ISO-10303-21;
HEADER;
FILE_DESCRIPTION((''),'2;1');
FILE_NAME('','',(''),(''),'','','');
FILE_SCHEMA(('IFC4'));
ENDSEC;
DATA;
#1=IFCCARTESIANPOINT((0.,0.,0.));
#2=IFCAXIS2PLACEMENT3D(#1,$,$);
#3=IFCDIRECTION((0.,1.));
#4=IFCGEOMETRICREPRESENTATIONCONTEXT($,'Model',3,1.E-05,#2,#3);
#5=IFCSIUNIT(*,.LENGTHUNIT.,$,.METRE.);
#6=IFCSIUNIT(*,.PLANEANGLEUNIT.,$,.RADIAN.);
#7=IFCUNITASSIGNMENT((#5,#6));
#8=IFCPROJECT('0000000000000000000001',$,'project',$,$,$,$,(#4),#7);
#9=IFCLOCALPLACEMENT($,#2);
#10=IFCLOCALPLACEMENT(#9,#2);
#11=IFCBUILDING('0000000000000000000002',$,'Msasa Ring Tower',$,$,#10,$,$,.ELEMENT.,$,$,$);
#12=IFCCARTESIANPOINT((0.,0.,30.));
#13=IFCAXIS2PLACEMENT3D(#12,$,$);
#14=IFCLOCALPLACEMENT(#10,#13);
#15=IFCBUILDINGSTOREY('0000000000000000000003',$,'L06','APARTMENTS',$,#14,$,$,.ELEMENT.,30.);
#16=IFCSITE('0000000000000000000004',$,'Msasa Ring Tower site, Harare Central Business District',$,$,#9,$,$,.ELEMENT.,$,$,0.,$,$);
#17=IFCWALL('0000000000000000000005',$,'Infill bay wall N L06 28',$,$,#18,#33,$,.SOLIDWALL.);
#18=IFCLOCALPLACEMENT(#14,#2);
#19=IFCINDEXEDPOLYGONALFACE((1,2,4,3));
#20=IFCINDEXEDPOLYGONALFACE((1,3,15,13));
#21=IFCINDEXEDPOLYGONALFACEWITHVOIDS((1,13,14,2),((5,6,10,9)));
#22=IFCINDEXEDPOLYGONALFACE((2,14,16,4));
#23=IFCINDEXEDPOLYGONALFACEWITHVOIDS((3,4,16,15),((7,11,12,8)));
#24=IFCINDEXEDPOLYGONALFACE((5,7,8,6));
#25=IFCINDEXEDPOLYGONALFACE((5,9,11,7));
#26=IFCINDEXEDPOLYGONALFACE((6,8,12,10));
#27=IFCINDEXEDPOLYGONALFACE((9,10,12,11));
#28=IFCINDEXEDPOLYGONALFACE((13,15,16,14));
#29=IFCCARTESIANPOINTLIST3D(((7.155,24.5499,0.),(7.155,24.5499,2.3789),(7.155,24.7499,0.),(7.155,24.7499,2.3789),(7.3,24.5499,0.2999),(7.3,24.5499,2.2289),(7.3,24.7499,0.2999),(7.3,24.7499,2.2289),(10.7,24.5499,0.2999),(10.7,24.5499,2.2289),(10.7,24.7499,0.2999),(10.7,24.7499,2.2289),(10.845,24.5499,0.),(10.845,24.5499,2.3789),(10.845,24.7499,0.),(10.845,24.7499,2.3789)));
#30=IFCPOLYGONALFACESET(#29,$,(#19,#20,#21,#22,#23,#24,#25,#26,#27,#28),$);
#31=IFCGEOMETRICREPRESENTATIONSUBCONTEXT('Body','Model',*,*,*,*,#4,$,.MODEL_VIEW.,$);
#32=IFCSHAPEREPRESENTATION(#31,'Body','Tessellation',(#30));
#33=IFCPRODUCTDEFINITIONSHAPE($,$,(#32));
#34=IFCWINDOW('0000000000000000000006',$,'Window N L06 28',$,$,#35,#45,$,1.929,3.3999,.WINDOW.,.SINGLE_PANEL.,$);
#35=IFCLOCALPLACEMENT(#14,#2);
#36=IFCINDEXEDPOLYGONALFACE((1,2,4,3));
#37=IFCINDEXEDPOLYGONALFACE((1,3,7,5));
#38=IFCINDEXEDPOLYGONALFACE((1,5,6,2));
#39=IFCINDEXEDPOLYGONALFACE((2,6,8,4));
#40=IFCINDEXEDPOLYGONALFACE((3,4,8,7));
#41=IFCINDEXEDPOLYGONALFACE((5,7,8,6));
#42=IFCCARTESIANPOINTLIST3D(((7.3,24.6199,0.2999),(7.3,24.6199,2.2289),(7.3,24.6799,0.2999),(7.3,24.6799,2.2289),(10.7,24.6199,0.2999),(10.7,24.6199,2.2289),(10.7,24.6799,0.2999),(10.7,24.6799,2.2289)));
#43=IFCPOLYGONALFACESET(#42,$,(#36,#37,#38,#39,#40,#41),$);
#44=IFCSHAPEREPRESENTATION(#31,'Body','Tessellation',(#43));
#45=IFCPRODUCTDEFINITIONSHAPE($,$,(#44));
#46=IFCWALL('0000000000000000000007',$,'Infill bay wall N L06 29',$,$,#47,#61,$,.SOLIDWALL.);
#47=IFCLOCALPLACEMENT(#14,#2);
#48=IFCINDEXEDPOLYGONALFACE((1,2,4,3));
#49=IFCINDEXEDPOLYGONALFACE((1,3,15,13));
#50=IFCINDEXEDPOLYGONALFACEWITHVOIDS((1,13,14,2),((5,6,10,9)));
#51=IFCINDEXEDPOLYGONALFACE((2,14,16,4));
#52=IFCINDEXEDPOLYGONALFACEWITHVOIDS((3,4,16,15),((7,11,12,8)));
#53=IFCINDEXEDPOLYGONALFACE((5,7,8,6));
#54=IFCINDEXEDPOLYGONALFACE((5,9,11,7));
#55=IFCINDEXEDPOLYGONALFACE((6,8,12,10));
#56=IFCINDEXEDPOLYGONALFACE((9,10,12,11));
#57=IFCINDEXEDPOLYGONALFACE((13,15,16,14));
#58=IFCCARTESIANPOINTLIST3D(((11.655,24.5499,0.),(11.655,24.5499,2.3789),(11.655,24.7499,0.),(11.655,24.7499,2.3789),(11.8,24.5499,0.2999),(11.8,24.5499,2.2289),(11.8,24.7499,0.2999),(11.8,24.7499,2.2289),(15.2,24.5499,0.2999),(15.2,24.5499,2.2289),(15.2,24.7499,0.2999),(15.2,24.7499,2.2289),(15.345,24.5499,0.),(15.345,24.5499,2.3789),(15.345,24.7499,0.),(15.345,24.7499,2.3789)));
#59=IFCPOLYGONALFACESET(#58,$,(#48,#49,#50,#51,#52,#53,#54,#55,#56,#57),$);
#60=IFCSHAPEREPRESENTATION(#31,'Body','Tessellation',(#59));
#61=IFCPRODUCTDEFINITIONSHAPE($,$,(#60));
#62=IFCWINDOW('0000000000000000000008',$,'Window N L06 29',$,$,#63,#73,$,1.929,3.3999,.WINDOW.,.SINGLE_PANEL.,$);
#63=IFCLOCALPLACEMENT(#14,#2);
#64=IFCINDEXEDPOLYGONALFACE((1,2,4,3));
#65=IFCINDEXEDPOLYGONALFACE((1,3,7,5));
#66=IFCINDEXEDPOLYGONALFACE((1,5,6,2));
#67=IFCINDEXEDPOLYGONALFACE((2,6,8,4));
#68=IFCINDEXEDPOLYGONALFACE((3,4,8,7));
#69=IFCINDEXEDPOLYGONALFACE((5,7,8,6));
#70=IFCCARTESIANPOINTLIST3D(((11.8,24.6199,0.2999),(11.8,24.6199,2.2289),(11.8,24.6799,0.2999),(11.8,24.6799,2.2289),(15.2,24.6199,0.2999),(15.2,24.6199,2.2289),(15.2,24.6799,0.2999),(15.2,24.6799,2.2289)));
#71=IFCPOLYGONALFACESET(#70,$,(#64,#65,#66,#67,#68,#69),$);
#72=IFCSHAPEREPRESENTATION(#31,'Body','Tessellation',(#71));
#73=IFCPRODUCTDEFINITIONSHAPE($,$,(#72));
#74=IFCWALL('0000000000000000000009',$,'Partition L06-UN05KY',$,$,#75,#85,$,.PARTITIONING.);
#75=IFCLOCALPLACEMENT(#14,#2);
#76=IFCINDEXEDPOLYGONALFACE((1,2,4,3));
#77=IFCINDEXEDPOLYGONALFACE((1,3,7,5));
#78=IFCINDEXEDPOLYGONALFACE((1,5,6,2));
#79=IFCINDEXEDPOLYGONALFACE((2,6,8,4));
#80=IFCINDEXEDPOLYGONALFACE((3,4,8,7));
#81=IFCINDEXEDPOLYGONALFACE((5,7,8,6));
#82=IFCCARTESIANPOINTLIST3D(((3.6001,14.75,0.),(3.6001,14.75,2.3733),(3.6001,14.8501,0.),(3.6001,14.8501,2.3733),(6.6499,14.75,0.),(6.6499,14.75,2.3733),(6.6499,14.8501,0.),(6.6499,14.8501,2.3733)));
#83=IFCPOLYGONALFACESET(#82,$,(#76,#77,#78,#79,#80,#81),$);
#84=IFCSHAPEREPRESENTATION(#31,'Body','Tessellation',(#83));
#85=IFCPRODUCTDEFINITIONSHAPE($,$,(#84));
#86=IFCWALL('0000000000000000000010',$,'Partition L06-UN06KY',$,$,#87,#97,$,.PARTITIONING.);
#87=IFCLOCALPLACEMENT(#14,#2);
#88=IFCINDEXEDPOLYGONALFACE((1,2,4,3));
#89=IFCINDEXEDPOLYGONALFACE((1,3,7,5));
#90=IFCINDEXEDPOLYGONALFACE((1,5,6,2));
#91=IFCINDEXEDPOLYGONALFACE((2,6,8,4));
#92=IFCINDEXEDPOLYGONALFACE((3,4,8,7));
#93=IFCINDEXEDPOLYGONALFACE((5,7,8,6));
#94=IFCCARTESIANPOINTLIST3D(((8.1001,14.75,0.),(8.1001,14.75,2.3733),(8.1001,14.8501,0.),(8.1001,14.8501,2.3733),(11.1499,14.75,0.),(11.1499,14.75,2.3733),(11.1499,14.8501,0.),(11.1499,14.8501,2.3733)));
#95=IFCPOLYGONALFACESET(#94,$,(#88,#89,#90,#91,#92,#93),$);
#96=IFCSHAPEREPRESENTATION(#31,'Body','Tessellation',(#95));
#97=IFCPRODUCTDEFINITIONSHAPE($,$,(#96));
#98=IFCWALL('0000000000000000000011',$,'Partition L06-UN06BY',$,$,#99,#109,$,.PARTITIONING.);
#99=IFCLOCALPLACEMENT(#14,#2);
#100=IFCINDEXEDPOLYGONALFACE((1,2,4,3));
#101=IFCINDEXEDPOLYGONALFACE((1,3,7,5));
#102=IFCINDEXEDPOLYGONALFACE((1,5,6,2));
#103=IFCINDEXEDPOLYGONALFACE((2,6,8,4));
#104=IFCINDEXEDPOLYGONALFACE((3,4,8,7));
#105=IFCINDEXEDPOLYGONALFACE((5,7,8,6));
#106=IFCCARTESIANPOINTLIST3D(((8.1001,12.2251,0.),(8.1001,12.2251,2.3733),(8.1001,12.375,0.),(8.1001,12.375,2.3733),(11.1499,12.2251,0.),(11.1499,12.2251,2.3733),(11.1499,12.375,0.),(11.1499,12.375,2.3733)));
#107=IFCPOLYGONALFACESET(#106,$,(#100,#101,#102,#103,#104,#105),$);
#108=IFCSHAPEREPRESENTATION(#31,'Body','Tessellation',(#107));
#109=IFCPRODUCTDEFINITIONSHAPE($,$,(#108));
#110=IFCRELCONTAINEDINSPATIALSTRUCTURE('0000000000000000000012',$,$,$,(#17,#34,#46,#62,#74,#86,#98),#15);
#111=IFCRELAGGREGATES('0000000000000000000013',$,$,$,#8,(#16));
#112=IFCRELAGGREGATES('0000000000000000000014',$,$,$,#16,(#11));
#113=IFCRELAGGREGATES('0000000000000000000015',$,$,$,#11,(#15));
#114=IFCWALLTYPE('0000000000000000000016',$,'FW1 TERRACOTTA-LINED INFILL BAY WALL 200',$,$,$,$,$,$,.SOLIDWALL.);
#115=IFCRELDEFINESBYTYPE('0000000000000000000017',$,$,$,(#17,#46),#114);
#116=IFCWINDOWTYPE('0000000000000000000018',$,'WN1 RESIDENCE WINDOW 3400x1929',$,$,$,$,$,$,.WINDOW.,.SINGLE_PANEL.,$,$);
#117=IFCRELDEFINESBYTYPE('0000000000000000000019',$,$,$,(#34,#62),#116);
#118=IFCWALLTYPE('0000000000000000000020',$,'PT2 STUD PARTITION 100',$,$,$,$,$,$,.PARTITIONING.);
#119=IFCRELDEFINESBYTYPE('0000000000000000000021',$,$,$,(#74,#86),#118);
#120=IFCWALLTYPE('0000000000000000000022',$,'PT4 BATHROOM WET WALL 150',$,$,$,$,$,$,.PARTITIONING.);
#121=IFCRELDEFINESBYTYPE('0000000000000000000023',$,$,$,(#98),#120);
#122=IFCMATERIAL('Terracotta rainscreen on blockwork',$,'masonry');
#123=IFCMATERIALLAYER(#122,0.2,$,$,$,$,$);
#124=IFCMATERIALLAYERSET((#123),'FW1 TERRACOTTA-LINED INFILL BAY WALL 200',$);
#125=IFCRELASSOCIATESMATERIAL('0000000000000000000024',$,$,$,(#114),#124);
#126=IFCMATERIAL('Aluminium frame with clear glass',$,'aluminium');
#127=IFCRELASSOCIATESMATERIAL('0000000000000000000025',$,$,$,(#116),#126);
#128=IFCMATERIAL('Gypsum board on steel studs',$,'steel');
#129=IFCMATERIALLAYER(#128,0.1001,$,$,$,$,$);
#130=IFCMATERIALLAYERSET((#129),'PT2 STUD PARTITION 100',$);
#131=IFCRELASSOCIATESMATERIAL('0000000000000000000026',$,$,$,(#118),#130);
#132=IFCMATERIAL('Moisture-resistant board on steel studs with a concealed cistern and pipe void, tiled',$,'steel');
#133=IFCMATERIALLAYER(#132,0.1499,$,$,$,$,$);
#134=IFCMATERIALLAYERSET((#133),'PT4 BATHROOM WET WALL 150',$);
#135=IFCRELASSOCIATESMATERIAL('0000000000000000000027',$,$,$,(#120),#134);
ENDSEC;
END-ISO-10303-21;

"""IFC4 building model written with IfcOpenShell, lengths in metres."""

from ifc_helpers import new_model, si_unit, direction, frame, frame_2d, origin, place, context, subcontext, project, spatial, rectangle, extrude, material, layer, layer_set, type_object, element, fill, save


model = new_model("IFC4")

# Units and contexts
model_context = context("Model", 3, precision=1e-05, world=origin(), true_north=direction((0.0, 1.0)))
body_context = subcontext(model_context, "Body", "Model", "MODEL_VIEW")
ifc_project = project(units=[si_unit("LENGTHUNIT", "METRE"), si_unit("PLANEANGLEUNIT", "RADIAN")], contexts=[model_context])

# Site, building, storey
site_placement = place(None, origin())
site = spatial("IfcSite", under=ifc_project, at=site_placement, Name="Msasa Ring Tower site, Harare Central Business District", CompositionType="ELEMENT", RefElevation=0.0)
building_placement = place(site_placement, origin())
building = spatial("IfcBuilding", under=site, at=building_placement, Name="Msasa Ring Tower", CompositionType="ELEMENT")
storey_placement = place(building_placement, frame((0.0, 0.0, 30.0)))
storey = spatial("IfcBuildingStorey", under=building, at=storey_placement, Name="L06", Description="APARTMENTS", CompositionType="ELEMENT", Elevation=30.0)

# Walls, openings, windows
ifc_material_1 = material(Name="Terracotta rainscreen on blockwork", Category="masonry")
ifc_layer_1 = layer(ifc_material_1, 0.2)
ifc_layer_set_1 = layer_set([ifc_layer_1], Name="FW1 TERRACOTTA-LINED INFILL BAY WALL 200")
wall_type_1 = type_object("IfcWallType", Name="FW1 TERRACOTTA-LINED INFILL BAY WALL 200", PredefinedType="SOLIDWALL", material=ifc_layer_set_1)
ifc_material_2 = material(Name="Aluminium frame with clear glass", Category="aluminium")
window_type = type_object("IfcWindowType", Name="WN1 RESIDENCE WINDOW 3400x1929", PartitioningType="SINGLE_PANEL", PredefinedType="WINDOW", material=ifc_material_2)
wall_1_placement = place(storey_placement, frame((7.155, 24.6499, 0.0), z_axis=(0.0, 0.0, 1.0), x_axis=(1.0, 0.0, 0.0)))
wall_1 = element("IfcWall", 1, at=wall_1_placement, inside=storey, type_object=wall_type_1, Name="Infill bay wall N L06 28", PredefinedType="SOLIDWALL", context=body_context, shape_type="SweptSolid", body=[
    extrude(rectangle(XDim=3.6899, YDim=0.2, at=frame_2d((1.845, 0.0))), origin(), (0.0, 0.0, 1.0), 2.3789),
])
opening_1_placement = place(wall_1_placement, frame((0.145, 0.0, 0.3)))
opening_1 = element("IfcOpeningElement", 2, at=opening_1_placement, cuts=wall_1, PredefinedType="OPENING", context=body_context, shape_type="SweptSolid", body=[
    extrude(rectangle(XDim=3.3999, YDim=1.929, at=frame_2d((1.7, 0.9644))), frame((0.0, 0.1099, 0.0), z_axis=(0.0, -1.0, 0.0), x_axis=(1.0, 0.0, 0.0)), (0.0, 0.0, 1.0), 0.22),
])
window_1_placement = place(opening_1_placement, origin())
window_1 = element("IfcWindow", 3, at=window_1_placement, inside=storey, type_object=window_type, Name="Window N L06 28", OverallHeight=1.929, OverallWidth=3.3999, PartitioningType="SINGLE_PANEL", PredefinedType="WINDOW", context=body_context, shape_type="SweptSolid", body=[
    extrude(rectangle(XDim=3.3999, YDim=1.929, at=frame_2d((1.7, 0.9644))), frame((0.0, 0.03, 0.0), z_axis=(0.0, -1.0, 0.0), x_axis=(1.0, 0.0, 0.0)), (0.0, 0.0, 1.0), 0.0601),
])
fill(opening_1, window_1)
wall_2_placement = place(storey_placement, frame((11.655, 24.6499, 0.0), z_axis=(0.0, 0.0, 1.0), x_axis=(1.0, 0.0, 0.0)))
wall_2 = element("IfcWall", 4, at=wall_2_placement, inside=storey, type_object=wall_type_1, Name="Infill bay wall N L06 29", PredefinedType="SOLIDWALL", context=body_context, shape_type="SweptSolid", body=[
    extrude(rectangle(XDim=3.6899, YDim=0.2, at=frame_2d((1.845, 0.0))), origin(), (0.0, 0.0, 1.0), 2.3789),
])
opening_2_placement = place(wall_2_placement, frame((0.145, 0.0, 0.3)))
opening_2 = element("IfcOpeningElement", 5, at=opening_2_placement, cuts=wall_2, PredefinedType="OPENING", context=body_context, shape_type="SweptSolid", body=[
    extrude(rectangle(XDim=3.3999, YDim=1.929, at=frame_2d((1.7, 0.9644))), frame((0.0, 0.1099, 0.0), z_axis=(0.0, -1.0, 0.0), x_axis=(1.0, 0.0, 0.0)), (0.0, 0.0, 1.0), 0.22),
])
window_2_placement = place(opening_2_placement, origin())
window_2 = element("IfcWindow", 6, at=window_2_placement, inside=storey, type_object=window_type, Name="Window N L06 29", OverallHeight=1.929, OverallWidth=3.3999, PartitioningType="SINGLE_PANEL", PredefinedType="WINDOW", context=body_context, shape_type="SweptSolid", body=[
    extrude(rectangle(XDim=3.3999, YDim=1.929, at=frame_2d((1.7, 0.9644))), frame((0.0, 0.03, 0.0), z_axis=(0.0, -1.0, 0.0), x_axis=(1.0, 0.0, 0.0)), (0.0, 0.0, 1.0), 0.0601),
])
fill(opening_2, window_2)

# Walls
ifc_material_3 = material(Name="Gypsum board on steel studs", Category="steel")
ifc_layer_2 = layer(ifc_material_3, 0.1001)
ifc_layer_set_2 = layer_set([ifc_layer_2], Name="PT2 STUD PARTITION 100")
wall_type_2 = type_object("IfcWallType", Name="PT2 STUD PARTITION 100", PredefinedType="PARTITIONING", material=ifc_layer_set_2)
for number, where, z_axis, x_axis, name in (
    (7, (3.6001, 14.8, 0.0), (0.0, 0.0, 1.0), (1.0, 0.0, 0.0), "Partition L06-UN05KY"),
    (8, (8.1001, 14.8, 0.0), (0.0, 0.0, 1.0), (1.0, 0.0, 0.0), "Partition L06-UN06KY"),
):
    element("IfcWall", number, at=place(storey_placement, frame(where, z_axis=z_axis, x_axis=x_axis)), inside=storey, type_object=wall_type_2, Name=name, PredefinedType="PARTITIONING", context=body_context, shape_type="SweptSolid", body=[
        extrude(rectangle(XDim=3.0498, YDim=0.1001, at=frame_2d((1.5249, 0.0))), origin(), (0.0, 0.0, 1.0), 2.3733),
    ])
ifc_material_4 = material(Name="Moisture-resistant board on steel studs with a concealed cistern and pipe void, tiled", Category="steel")
ifc_layer_3 = layer(ifc_material_4, 0.1499)
ifc_layer_set_3 = layer_set([ifc_layer_3], Name="PT4 BATHROOM WET WALL 150")
wall_type_3 = type_object("IfcWallType", Name="PT4 BATHROOM WET WALL 150", PredefinedType="PARTITIONING", material=ifc_layer_set_3)
wall_3_placement = place(storey_placement, frame((8.1001, 12.3, 0.0), z_axis=(0.0, 0.0, 1.0), x_axis=(1.0, 0.0, 0.0)))
element("IfcWall", 9, at=wall_3_placement, inside=storey, type_object=wall_type_3, Name="Partition L06-UN06BY", PredefinedType="PARTITIONING", context=body_context, shape_type="SweptSolid", body=[
    extrude(rectangle(XDim=3.0498, YDim=0.1499, at=frame_2d((1.5249, 0.0))), origin(), (0.0, 0.0, 1.0), 2.3733),
])

save(model, "model.ifc")
